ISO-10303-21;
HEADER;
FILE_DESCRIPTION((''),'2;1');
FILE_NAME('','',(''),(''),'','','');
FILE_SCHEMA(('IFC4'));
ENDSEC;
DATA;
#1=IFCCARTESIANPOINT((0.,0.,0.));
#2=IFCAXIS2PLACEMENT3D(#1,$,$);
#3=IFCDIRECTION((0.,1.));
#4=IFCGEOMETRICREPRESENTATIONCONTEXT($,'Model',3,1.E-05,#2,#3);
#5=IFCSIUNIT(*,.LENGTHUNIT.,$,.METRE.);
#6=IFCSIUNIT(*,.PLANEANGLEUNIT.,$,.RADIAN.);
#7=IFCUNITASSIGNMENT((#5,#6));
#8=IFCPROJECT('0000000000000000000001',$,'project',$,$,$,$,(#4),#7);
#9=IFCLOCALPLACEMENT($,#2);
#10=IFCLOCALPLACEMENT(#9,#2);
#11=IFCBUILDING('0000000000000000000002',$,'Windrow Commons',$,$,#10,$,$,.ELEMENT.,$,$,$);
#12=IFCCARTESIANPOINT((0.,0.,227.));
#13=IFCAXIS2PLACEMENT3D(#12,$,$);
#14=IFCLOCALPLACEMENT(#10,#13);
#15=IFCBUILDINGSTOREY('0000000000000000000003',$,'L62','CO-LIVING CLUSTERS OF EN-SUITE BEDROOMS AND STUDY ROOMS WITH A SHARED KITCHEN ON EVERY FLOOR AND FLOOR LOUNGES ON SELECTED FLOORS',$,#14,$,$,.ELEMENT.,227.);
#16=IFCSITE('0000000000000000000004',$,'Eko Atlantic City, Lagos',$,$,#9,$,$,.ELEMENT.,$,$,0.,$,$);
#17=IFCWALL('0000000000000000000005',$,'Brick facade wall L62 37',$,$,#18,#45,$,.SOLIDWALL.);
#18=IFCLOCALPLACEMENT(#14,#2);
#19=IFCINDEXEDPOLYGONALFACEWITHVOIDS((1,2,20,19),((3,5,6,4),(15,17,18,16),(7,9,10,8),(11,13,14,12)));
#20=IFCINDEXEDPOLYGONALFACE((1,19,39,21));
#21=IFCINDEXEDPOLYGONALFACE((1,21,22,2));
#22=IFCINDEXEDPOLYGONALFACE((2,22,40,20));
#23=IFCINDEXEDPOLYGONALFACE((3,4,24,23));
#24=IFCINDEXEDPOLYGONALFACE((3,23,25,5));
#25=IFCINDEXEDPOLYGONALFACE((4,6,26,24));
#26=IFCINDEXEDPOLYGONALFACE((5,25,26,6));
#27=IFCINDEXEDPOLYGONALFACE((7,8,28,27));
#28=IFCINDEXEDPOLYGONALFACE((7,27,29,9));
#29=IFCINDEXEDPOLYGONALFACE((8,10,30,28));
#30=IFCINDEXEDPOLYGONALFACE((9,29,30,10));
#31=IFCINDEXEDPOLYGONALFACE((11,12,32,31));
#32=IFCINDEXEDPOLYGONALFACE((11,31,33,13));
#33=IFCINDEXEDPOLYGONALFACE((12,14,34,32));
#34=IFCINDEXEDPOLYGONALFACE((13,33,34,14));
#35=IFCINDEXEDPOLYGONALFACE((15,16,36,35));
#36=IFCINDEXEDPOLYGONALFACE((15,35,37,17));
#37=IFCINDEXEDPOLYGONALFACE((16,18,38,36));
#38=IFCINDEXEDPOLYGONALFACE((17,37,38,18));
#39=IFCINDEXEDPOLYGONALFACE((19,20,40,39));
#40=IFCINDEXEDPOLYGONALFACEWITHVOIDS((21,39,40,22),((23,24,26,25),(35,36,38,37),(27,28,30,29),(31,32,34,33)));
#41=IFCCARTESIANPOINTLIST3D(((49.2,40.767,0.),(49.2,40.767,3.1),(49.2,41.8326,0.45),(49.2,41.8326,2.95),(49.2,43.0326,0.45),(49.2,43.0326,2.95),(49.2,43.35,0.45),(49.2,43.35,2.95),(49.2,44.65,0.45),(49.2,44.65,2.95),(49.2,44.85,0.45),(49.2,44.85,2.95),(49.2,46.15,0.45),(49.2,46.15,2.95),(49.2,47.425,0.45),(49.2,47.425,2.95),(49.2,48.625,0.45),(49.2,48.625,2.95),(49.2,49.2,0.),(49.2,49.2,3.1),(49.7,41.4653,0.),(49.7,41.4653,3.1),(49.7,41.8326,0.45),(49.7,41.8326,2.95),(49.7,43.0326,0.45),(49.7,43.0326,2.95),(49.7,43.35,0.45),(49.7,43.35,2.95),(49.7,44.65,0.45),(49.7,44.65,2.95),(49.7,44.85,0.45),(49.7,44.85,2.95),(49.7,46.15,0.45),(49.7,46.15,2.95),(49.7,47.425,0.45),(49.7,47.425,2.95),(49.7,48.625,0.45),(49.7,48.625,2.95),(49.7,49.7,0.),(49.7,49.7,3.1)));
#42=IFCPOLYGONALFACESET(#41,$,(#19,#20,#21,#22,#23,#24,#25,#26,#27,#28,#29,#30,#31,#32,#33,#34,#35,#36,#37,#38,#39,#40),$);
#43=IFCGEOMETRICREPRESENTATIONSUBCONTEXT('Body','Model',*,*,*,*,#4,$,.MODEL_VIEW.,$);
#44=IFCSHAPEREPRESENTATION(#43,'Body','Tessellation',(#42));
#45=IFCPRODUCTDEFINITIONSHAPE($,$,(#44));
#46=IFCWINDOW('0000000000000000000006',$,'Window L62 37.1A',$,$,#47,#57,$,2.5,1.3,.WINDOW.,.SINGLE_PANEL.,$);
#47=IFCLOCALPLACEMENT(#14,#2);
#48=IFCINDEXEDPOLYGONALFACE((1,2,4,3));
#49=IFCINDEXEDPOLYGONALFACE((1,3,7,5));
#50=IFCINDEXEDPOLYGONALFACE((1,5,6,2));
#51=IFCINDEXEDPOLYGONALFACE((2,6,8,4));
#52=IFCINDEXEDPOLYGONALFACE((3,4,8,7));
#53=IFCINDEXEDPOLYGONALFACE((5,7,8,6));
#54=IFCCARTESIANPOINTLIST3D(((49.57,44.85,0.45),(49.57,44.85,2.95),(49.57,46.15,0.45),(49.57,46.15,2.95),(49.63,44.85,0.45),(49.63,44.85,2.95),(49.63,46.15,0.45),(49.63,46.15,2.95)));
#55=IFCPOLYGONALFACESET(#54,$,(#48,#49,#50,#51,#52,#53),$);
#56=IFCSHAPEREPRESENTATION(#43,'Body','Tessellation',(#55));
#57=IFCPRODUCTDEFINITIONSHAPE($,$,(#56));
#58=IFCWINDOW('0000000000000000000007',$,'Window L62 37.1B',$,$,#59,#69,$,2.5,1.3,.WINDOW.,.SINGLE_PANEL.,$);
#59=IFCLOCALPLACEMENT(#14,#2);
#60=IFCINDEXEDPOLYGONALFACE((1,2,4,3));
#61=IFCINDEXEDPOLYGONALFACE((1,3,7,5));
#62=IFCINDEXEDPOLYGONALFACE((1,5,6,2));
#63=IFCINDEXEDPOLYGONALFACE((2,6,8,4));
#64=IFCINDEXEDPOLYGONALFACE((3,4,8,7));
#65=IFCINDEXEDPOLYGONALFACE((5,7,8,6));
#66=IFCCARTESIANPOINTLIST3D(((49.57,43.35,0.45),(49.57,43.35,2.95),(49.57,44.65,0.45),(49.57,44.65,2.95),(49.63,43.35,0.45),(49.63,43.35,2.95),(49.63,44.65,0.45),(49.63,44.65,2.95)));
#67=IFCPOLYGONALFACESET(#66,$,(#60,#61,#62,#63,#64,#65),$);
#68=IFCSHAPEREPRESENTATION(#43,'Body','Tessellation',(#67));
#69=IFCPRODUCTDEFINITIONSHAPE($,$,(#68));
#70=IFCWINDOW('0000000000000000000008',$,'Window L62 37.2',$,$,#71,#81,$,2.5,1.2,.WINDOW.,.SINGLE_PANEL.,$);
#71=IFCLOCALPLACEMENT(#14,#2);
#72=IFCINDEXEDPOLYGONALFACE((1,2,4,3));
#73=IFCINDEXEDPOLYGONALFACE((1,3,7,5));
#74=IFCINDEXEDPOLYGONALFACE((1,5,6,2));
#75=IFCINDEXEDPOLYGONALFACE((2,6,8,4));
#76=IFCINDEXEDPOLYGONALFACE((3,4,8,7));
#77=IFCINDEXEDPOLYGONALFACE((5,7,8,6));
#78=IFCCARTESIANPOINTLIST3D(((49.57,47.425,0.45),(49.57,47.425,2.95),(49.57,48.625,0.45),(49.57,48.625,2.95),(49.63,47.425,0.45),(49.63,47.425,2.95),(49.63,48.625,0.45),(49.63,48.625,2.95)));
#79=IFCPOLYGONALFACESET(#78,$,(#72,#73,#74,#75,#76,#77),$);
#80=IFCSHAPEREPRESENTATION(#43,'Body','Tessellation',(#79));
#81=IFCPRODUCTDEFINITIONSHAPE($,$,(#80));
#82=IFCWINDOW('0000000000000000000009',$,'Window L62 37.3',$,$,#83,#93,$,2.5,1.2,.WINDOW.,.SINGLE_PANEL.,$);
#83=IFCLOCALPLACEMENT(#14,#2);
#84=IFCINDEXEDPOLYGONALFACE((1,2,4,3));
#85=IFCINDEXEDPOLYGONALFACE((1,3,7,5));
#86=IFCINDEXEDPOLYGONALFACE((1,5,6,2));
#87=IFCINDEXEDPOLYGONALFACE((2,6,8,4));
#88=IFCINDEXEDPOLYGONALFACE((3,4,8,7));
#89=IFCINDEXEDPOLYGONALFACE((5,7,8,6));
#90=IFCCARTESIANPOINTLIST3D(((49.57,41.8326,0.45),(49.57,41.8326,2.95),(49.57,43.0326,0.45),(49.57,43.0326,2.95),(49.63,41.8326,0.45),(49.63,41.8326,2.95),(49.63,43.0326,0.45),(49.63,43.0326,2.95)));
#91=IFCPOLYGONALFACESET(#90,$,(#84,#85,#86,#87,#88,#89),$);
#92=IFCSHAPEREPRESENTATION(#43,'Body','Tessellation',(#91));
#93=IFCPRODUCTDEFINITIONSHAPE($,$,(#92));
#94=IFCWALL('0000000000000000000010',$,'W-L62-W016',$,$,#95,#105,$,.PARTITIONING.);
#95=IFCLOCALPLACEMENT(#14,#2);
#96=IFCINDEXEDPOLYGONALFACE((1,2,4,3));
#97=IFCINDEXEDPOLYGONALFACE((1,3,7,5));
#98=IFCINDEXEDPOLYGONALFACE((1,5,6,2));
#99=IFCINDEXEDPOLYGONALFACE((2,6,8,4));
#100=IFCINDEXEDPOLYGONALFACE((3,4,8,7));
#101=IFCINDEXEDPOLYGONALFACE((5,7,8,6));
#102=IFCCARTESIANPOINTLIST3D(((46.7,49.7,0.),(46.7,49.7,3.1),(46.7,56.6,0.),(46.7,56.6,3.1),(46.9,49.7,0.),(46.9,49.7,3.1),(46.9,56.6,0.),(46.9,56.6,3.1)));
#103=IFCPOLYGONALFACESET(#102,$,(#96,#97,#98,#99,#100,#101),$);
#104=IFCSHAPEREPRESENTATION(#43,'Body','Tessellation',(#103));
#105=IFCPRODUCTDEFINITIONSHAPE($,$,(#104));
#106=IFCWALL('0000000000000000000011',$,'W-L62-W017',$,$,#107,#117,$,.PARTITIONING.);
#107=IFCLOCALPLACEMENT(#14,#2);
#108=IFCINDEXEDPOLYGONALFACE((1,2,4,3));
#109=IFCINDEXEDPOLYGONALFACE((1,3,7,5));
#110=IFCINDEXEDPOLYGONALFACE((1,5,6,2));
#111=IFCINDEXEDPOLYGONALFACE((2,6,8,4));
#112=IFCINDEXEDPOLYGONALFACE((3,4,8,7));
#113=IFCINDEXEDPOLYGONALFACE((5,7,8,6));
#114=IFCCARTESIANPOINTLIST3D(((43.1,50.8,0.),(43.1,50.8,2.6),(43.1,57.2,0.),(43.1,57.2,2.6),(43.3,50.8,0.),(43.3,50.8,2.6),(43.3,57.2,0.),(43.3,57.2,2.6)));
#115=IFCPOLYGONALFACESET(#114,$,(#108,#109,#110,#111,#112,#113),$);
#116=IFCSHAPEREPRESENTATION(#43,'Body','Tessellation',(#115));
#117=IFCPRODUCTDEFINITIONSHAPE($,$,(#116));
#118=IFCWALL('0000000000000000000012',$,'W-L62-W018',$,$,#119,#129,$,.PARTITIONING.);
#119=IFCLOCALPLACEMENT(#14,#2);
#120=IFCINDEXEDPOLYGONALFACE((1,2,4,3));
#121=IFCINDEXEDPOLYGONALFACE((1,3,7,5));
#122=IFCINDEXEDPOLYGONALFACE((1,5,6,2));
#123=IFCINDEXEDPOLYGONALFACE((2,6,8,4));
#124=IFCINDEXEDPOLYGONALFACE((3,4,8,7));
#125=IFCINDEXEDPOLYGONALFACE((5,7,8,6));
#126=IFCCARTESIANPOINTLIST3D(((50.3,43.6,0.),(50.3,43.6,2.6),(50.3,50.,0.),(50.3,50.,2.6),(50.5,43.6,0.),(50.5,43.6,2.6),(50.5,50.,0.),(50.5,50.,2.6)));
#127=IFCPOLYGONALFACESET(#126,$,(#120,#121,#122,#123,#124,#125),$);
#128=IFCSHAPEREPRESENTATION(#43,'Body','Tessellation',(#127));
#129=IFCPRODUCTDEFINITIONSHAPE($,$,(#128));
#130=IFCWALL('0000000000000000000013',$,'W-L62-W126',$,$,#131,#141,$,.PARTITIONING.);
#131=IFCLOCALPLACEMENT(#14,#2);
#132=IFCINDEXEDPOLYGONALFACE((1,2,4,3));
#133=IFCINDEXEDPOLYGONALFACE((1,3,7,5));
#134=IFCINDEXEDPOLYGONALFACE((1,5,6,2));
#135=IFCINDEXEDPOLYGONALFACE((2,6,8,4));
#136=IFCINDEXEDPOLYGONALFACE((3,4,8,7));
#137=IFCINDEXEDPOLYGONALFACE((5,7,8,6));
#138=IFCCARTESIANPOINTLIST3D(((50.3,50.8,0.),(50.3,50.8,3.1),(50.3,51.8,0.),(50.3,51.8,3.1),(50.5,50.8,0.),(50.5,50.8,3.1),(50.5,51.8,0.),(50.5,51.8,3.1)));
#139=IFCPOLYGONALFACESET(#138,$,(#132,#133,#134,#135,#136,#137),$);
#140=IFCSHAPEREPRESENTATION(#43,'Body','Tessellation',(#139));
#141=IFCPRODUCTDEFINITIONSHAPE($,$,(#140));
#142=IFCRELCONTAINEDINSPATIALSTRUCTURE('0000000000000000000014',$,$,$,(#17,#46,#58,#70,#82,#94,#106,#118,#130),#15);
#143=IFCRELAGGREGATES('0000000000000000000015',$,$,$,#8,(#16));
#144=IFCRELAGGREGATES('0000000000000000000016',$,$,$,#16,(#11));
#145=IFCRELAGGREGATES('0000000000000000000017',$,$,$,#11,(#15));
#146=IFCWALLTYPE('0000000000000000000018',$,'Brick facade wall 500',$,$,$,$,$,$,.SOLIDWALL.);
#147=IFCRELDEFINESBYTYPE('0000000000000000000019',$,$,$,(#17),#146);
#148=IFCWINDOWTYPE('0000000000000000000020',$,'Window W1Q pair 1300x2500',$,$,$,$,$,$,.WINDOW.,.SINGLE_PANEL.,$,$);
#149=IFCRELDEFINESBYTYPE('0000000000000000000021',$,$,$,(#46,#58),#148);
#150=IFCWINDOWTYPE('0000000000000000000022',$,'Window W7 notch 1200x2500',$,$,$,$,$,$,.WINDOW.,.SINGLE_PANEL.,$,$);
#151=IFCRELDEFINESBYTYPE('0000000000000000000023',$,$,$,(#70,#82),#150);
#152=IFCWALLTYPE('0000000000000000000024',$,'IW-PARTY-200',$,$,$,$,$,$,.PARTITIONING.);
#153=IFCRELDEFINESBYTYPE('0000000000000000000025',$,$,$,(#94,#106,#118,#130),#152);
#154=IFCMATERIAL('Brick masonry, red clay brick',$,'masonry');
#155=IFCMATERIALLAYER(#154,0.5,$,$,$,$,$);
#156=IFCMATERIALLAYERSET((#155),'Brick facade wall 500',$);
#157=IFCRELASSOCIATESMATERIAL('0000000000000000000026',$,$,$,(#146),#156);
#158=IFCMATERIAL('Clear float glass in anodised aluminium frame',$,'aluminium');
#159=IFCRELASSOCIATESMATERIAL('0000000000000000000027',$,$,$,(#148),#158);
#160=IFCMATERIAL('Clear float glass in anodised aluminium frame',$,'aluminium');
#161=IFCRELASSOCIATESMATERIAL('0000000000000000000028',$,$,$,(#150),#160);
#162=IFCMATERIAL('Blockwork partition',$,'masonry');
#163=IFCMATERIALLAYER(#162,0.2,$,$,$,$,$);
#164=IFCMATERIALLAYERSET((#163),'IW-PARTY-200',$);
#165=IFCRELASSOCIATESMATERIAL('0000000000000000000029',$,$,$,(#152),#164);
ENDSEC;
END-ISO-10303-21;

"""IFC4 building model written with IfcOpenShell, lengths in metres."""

from ifc_helpers import new_model, si_unit, direction, frame, frame_2d, origin, place, context, subcontext, project, spatial, polyline, rectangle, outline, extrude, material, layer, layer_set, type_object, element, fill, save


model = new_model("IFC4")

# Units and contexts
model_context = context("Model", 3, precision=1e-05, world=origin(), true_north=direction((0.0, 1.0)))
body_context = subcontext(model_context, "Body", "Model", "MODEL_VIEW")
ifc_project = project(units=[si_unit("LENGTHUNIT", "METRE"), si_unit("PLANEANGLEUNIT", "RADIAN")], contexts=[model_context])

# Site, building, storey
site_placement = place(None, origin())
site = spatial("IfcSite", under=ifc_project, at=site_placement, Name="Eko Atlantic City, Lagos", CompositionType="ELEMENT", RefElevation=0.0)
building_placement = place(site_placement, origin())
building = spatial("IfcBuilding", under=site, at=building_placement, Name="Windrow Commons", CompositionType="ELEMENT")
storey_placement = place(building_placement, frame((0.0, 0.0, 227.0)))
storey = spatial("IfcBuildingStorey", under=building, at=storey_placement, Name="L62", Description="CO-LIVING CLUSTERS OF EN-SUITE BEDROOMS AND STUDY ROOMS WITH A SHARED KITCHEN ON EVERY FLOOR AND FLOOR LOUNGES ON SELECTED FLOORS", CompositionType="ELEMENT", Elevation=227.0)

# Wall, openings, windows
ifc_material_1 = material(Name="Brick masonry, red clay brick", Category="masonry")
ifc_layer_1 = layer(ifc_material_1, 0.5)
ifc_layer_set_1 = layer_set([ifc_layer_1], Name="Brick facade wall 500")
wall_type_1 = type_object("IfcWallType", Name="Brick facade wall 500", PredefinedType="SOLIDWALL", material=ifc_layer_set_1)
ifc_material_2 = material(Name="Clear float glass in anodised aluminium frame", Category="aluminium")
window_type_1 = type_object("IfcWindowType", Name="Window W1Q pair 1300x2500", PartitioningType="SINGLE_PANEL", PredefinedType="WINDOW", material=ifc_material_2)
ifc_material_3 = material(Name="Clear float glass in anodised aluminium frame", Category="aluminium")
window_type_2 = type_object("IfcWindowType", Name="Window W7 notch 1200x2500", PartitioningType="SINGLE_PANEL", PredefinedType="WINDOW", material=ifc_material_3)
wall_1_placement = place(storey_placement, frame((49.45, 49.45, 0.0), z_axis=(0.0, 0.0, 1.0), x_axis=(0.0, -1.0, 0.0)))
wall_1 = element("IfcWall", 1, at=wall_1_placement, inside=storey, type_object=wall_type_1, Name="Brick facade wall L62 37", PredefinedType="SOLIDWALL", context=body_context, shape_type="SweptSolid", body=[
    extrude(outline(polyline([(0.25, -0.25), (8.683, -0.25), (7.9847, 0.25), (-0.25, 0.25), (0.25, -0.25)])), origin(), (0.0, 0.0, 1.0), 3.1),
])
opening_1_placement = place(wall_1_placement, frame((3.3, 0.0, 0.45)))
opening_1 = element("IfcOpeningElement", 2, at=opening_1_placement, cuts=wall_1, PredefinedType="OPENING", context=body_context, shape_type="SweptSolid", body=[
    extrude(rectangle(XDim=1.3, YDim=2.5, at=frame_2d((0.65, 1.25))), frame((0.0, 0.26, 0.0), z_axis=(0.0, -1.0, 0.0), x_axis=(1.0, 0.0, 0.0)), (0.0, 0.0, 1.0), 0.52),
])
opening_2_placement = place(wall_1_placement, frame((4.8, 0.0, 0.45)))
opening_2 = element("IfcOpeningElement", 3, at=opening_2_placement, cuts=wall_1, PredefinedType="OPENING", context=body_context, shape_type="SweptSolid", body=[
    extrude(rectangle(XDim=1.3, YDim=2.5, at=frame_2d((0.65, 1.25))), frame((0.0, 0.26, 0.0), z_axis=(0.0, -1.0, 0.0), x_axis=(1.0, 0.0, 0.0)), (0.0, 0.0, 1.0), 0.52),
])
opening_3_placement = place(wall_1_placement, frame((0.825, 0.0, 0.45)))
opening_3 = element("IfcOpeningElement", 4, at=opening_3_placement, cuts=wall_1, PredefinedType="OPENING", context=body_context, shape_type="SweptSolid", body=[
    extrude(rectangle(XDim=1.2, YDim=2.5, at=frame_2d((0.6, 1.25))), frame((0.0, 0.26, 0.0), z_axis=(0.0, -1.0, 0.0), x_axis=(1.0, 0.0, 0.0)), (0.0, 0.0, 1.0), 0.52),
])
opening_4_placement = place(wall_1_placement, frame((6.4174, 0.0, 0.45)))
opening_4 = element("IfcOpeningElement", 5, at=opening_4_placement, cuts=wall_1, PredefinedType="OPENING", context=body_context, shape_type="SweptSolid", body=[
    extrude(rectangle(XDim=1.2, YDim=2.5, at=frame_2d((0.6, 1.25))), frame((0.0, 0.26, 0.0), z_axis=(0.0, -1.0, 0.0), x_axis=(1.0, 0.0, 0.0)), (0.0, 0.0, 1.0), 0.52),
])
window_1_placement = place(opening_1_placement, origin())
window_1 = element("IfcWindow", 6, at=window_1_placement, inside=storey, type_object=window_type_1, Name="Window L62 37.1A", OverallHeight=2.5, OverallWidth=1.3, PartitioningType="SINGLE_PANEL", PredefinedType="WINDOW", context=body_context, shape_type="SweptSolid", body=[
    extrude(rectangle(XDim=1.3, YDim=2.5, at=frame_2d((0.65, 1.25))), frame((0.0, 0.18, 0.0), z_axis=(0.0, -1.0, 0.0), x_axis=(1.0, 0.0, 0.0)), (0.0, 0.0, 1.0), 0.06),
])
fill(opening_1, window_1)
window_2_placement = place(opening_2_placement, origin())
window_2 = element("IfcWindow", 7, at=window_2_placement, inside=storey, type_object=window_type_1, Name="Window L62 37.1B", OverallHeight=2.5, OverallWidth=1.3, PartitioningType="SINGLE_PANEL", PredefinedType="WINDOW", context=body_context, shape_type="SweptSolid", body=[
    extrude(rectangle(XDim=1.3, YDim=2.5, at=frame_2d((0.65, 1.25))), frame((0.0, 0.18, 0.0), z_axis=(0.0, -1.0, 0.0), x_axis=(1.0, 0.0, 0.0)), (0.0, 0.0, 1.0), 0.06),
])
fill(opening_2, window_2)
window_3_placement = place(opening_3_placement, origin())
window_3 = element("IfcWindow", 8, at=window_3_placement, inside=storey, type_object=window_type_2, Name="Window L62 37.2", OverallHeight=2.5, OverallWidth=1.2, PartitioningType="SINGLE_PANEL", PredefinedType="WINDOW", context=body_context, shape_type="SweptSolid", body=[
    extrude(rectangle(XDim=1.2, YDim=2.5, at=frame_2d((0.6, 1.25))), frame((0.0, 0.18, 0.0), z_axis=(0.0, -1.0, 0.0), x_axis=(1.0, 0.0, 0.0)), (0.0, 0.0, 1.0), 0.06),
])
fill(opening_3, window_3)
window_4_placement = place(opening_4_placement, origin())
window_4 = element("IfcWindow", 9, at=window_4_placement, inside=storey, type_object=window_type_2, Name="Window L62 37.3", OverallHeight=2.5, OverallWidth=1.2, PartitioningType="SINGLE_PANEL", PredefinedType="WINDOW", context=body_context, shape_type="SweptSolid", body=[
    extrude(rectangle(XDim=1.2, YDim=2.5, at=frame_2d((0.6, 1.25))), frame((0.0, 0.18, 0.0), z_axis=(0.0, -1.0, 0.0), x_axis=(1.0, 0.0, 0.0)), (0.0, 0.0, 1.0), 0.06),
])
fill(opening_4, window_4)

# Walls
ifc_material_4 = material(Name="Blockwork partition", Category="masonry")
ifc_layer_2 = layer(ifc_material_4, 0.2)
ifc_layer_set_2 = layer_set([ifc_layer_2], Name="IW-PARTY-200")
wall_type_2 = type_object("IfcWallType", Name="IW-PARTY-200", PredefinedType="PARTITIONING", material=ifc_layer_set_2)
wall_2_placement = place(storey_placement, frame((46.8, 49.7, 0.0), z_axis=(0.0, 0.0, 1.0), x_axis=(0.0, 1.0, 0.0)))
element("IfcWall", 10, at=wall_2_placement, inside=storey, type_object=wall_type_2, Name="W-L62-W016", PredefinedType="PARTITIONING", context=body_context, shape_type="SweptSolid", body=[
    extrude(rectangle(XDim=6.9, YDim=0.2, at=frame_2d((3.45, 0.0))), origin(), (0.0, 0.0, 1.0), 3.1),
])
for number, where, z_axis, x_axis, name in (
    (11, (43.2, 50.8, 0.0), (0.0, 0.0, 1.0), (0.0, 1.0, 0.0), "W-L62-W017"),
    (12, (50.4, 43.6, 0.0), (0.0, 0.0, 1.0), (0.0, 1.0, 0.0), "W-L62-W018"),
):
    element("IfcWall", number, at=place(storey_placement, frame(where, z_axis=z_axis, x_axis=x_axis)), inside=storey, type_object=wall_type_2, Name=name, PredefinedType="PARTITIONING", context=body_context, shape_type="SweptSolid", body=[
        extrude(rectangle(XDim=6.4, YDim=0.2, at=frame_2d((3.2, 0.0))), origin(), (0.0, 0.0, 1.0), 2.6),
    ])
wall_3_placement = place(storey_placement, frame((50.4, 50.8, 0.0), z_axis=(0.0, 0.0, 1.0), x_axis=(0.0, 1.0, 0.0)))
element("IfcWall", 13, at=wall_3_placement, inside=storey, type_object=wall_type_2, Name="W-L62-W126", PredefinedType="PARTITIONING", context=body_context, shape_type="SweptSolid", body=[
    extrude(rectangle(XDim=1.0, YDim=0.2, at=frame_2d((0.5, 0.0))), origin(), (0.0, 0.0, 1.0), 3.1),
])

save(model, "model.ifc")
